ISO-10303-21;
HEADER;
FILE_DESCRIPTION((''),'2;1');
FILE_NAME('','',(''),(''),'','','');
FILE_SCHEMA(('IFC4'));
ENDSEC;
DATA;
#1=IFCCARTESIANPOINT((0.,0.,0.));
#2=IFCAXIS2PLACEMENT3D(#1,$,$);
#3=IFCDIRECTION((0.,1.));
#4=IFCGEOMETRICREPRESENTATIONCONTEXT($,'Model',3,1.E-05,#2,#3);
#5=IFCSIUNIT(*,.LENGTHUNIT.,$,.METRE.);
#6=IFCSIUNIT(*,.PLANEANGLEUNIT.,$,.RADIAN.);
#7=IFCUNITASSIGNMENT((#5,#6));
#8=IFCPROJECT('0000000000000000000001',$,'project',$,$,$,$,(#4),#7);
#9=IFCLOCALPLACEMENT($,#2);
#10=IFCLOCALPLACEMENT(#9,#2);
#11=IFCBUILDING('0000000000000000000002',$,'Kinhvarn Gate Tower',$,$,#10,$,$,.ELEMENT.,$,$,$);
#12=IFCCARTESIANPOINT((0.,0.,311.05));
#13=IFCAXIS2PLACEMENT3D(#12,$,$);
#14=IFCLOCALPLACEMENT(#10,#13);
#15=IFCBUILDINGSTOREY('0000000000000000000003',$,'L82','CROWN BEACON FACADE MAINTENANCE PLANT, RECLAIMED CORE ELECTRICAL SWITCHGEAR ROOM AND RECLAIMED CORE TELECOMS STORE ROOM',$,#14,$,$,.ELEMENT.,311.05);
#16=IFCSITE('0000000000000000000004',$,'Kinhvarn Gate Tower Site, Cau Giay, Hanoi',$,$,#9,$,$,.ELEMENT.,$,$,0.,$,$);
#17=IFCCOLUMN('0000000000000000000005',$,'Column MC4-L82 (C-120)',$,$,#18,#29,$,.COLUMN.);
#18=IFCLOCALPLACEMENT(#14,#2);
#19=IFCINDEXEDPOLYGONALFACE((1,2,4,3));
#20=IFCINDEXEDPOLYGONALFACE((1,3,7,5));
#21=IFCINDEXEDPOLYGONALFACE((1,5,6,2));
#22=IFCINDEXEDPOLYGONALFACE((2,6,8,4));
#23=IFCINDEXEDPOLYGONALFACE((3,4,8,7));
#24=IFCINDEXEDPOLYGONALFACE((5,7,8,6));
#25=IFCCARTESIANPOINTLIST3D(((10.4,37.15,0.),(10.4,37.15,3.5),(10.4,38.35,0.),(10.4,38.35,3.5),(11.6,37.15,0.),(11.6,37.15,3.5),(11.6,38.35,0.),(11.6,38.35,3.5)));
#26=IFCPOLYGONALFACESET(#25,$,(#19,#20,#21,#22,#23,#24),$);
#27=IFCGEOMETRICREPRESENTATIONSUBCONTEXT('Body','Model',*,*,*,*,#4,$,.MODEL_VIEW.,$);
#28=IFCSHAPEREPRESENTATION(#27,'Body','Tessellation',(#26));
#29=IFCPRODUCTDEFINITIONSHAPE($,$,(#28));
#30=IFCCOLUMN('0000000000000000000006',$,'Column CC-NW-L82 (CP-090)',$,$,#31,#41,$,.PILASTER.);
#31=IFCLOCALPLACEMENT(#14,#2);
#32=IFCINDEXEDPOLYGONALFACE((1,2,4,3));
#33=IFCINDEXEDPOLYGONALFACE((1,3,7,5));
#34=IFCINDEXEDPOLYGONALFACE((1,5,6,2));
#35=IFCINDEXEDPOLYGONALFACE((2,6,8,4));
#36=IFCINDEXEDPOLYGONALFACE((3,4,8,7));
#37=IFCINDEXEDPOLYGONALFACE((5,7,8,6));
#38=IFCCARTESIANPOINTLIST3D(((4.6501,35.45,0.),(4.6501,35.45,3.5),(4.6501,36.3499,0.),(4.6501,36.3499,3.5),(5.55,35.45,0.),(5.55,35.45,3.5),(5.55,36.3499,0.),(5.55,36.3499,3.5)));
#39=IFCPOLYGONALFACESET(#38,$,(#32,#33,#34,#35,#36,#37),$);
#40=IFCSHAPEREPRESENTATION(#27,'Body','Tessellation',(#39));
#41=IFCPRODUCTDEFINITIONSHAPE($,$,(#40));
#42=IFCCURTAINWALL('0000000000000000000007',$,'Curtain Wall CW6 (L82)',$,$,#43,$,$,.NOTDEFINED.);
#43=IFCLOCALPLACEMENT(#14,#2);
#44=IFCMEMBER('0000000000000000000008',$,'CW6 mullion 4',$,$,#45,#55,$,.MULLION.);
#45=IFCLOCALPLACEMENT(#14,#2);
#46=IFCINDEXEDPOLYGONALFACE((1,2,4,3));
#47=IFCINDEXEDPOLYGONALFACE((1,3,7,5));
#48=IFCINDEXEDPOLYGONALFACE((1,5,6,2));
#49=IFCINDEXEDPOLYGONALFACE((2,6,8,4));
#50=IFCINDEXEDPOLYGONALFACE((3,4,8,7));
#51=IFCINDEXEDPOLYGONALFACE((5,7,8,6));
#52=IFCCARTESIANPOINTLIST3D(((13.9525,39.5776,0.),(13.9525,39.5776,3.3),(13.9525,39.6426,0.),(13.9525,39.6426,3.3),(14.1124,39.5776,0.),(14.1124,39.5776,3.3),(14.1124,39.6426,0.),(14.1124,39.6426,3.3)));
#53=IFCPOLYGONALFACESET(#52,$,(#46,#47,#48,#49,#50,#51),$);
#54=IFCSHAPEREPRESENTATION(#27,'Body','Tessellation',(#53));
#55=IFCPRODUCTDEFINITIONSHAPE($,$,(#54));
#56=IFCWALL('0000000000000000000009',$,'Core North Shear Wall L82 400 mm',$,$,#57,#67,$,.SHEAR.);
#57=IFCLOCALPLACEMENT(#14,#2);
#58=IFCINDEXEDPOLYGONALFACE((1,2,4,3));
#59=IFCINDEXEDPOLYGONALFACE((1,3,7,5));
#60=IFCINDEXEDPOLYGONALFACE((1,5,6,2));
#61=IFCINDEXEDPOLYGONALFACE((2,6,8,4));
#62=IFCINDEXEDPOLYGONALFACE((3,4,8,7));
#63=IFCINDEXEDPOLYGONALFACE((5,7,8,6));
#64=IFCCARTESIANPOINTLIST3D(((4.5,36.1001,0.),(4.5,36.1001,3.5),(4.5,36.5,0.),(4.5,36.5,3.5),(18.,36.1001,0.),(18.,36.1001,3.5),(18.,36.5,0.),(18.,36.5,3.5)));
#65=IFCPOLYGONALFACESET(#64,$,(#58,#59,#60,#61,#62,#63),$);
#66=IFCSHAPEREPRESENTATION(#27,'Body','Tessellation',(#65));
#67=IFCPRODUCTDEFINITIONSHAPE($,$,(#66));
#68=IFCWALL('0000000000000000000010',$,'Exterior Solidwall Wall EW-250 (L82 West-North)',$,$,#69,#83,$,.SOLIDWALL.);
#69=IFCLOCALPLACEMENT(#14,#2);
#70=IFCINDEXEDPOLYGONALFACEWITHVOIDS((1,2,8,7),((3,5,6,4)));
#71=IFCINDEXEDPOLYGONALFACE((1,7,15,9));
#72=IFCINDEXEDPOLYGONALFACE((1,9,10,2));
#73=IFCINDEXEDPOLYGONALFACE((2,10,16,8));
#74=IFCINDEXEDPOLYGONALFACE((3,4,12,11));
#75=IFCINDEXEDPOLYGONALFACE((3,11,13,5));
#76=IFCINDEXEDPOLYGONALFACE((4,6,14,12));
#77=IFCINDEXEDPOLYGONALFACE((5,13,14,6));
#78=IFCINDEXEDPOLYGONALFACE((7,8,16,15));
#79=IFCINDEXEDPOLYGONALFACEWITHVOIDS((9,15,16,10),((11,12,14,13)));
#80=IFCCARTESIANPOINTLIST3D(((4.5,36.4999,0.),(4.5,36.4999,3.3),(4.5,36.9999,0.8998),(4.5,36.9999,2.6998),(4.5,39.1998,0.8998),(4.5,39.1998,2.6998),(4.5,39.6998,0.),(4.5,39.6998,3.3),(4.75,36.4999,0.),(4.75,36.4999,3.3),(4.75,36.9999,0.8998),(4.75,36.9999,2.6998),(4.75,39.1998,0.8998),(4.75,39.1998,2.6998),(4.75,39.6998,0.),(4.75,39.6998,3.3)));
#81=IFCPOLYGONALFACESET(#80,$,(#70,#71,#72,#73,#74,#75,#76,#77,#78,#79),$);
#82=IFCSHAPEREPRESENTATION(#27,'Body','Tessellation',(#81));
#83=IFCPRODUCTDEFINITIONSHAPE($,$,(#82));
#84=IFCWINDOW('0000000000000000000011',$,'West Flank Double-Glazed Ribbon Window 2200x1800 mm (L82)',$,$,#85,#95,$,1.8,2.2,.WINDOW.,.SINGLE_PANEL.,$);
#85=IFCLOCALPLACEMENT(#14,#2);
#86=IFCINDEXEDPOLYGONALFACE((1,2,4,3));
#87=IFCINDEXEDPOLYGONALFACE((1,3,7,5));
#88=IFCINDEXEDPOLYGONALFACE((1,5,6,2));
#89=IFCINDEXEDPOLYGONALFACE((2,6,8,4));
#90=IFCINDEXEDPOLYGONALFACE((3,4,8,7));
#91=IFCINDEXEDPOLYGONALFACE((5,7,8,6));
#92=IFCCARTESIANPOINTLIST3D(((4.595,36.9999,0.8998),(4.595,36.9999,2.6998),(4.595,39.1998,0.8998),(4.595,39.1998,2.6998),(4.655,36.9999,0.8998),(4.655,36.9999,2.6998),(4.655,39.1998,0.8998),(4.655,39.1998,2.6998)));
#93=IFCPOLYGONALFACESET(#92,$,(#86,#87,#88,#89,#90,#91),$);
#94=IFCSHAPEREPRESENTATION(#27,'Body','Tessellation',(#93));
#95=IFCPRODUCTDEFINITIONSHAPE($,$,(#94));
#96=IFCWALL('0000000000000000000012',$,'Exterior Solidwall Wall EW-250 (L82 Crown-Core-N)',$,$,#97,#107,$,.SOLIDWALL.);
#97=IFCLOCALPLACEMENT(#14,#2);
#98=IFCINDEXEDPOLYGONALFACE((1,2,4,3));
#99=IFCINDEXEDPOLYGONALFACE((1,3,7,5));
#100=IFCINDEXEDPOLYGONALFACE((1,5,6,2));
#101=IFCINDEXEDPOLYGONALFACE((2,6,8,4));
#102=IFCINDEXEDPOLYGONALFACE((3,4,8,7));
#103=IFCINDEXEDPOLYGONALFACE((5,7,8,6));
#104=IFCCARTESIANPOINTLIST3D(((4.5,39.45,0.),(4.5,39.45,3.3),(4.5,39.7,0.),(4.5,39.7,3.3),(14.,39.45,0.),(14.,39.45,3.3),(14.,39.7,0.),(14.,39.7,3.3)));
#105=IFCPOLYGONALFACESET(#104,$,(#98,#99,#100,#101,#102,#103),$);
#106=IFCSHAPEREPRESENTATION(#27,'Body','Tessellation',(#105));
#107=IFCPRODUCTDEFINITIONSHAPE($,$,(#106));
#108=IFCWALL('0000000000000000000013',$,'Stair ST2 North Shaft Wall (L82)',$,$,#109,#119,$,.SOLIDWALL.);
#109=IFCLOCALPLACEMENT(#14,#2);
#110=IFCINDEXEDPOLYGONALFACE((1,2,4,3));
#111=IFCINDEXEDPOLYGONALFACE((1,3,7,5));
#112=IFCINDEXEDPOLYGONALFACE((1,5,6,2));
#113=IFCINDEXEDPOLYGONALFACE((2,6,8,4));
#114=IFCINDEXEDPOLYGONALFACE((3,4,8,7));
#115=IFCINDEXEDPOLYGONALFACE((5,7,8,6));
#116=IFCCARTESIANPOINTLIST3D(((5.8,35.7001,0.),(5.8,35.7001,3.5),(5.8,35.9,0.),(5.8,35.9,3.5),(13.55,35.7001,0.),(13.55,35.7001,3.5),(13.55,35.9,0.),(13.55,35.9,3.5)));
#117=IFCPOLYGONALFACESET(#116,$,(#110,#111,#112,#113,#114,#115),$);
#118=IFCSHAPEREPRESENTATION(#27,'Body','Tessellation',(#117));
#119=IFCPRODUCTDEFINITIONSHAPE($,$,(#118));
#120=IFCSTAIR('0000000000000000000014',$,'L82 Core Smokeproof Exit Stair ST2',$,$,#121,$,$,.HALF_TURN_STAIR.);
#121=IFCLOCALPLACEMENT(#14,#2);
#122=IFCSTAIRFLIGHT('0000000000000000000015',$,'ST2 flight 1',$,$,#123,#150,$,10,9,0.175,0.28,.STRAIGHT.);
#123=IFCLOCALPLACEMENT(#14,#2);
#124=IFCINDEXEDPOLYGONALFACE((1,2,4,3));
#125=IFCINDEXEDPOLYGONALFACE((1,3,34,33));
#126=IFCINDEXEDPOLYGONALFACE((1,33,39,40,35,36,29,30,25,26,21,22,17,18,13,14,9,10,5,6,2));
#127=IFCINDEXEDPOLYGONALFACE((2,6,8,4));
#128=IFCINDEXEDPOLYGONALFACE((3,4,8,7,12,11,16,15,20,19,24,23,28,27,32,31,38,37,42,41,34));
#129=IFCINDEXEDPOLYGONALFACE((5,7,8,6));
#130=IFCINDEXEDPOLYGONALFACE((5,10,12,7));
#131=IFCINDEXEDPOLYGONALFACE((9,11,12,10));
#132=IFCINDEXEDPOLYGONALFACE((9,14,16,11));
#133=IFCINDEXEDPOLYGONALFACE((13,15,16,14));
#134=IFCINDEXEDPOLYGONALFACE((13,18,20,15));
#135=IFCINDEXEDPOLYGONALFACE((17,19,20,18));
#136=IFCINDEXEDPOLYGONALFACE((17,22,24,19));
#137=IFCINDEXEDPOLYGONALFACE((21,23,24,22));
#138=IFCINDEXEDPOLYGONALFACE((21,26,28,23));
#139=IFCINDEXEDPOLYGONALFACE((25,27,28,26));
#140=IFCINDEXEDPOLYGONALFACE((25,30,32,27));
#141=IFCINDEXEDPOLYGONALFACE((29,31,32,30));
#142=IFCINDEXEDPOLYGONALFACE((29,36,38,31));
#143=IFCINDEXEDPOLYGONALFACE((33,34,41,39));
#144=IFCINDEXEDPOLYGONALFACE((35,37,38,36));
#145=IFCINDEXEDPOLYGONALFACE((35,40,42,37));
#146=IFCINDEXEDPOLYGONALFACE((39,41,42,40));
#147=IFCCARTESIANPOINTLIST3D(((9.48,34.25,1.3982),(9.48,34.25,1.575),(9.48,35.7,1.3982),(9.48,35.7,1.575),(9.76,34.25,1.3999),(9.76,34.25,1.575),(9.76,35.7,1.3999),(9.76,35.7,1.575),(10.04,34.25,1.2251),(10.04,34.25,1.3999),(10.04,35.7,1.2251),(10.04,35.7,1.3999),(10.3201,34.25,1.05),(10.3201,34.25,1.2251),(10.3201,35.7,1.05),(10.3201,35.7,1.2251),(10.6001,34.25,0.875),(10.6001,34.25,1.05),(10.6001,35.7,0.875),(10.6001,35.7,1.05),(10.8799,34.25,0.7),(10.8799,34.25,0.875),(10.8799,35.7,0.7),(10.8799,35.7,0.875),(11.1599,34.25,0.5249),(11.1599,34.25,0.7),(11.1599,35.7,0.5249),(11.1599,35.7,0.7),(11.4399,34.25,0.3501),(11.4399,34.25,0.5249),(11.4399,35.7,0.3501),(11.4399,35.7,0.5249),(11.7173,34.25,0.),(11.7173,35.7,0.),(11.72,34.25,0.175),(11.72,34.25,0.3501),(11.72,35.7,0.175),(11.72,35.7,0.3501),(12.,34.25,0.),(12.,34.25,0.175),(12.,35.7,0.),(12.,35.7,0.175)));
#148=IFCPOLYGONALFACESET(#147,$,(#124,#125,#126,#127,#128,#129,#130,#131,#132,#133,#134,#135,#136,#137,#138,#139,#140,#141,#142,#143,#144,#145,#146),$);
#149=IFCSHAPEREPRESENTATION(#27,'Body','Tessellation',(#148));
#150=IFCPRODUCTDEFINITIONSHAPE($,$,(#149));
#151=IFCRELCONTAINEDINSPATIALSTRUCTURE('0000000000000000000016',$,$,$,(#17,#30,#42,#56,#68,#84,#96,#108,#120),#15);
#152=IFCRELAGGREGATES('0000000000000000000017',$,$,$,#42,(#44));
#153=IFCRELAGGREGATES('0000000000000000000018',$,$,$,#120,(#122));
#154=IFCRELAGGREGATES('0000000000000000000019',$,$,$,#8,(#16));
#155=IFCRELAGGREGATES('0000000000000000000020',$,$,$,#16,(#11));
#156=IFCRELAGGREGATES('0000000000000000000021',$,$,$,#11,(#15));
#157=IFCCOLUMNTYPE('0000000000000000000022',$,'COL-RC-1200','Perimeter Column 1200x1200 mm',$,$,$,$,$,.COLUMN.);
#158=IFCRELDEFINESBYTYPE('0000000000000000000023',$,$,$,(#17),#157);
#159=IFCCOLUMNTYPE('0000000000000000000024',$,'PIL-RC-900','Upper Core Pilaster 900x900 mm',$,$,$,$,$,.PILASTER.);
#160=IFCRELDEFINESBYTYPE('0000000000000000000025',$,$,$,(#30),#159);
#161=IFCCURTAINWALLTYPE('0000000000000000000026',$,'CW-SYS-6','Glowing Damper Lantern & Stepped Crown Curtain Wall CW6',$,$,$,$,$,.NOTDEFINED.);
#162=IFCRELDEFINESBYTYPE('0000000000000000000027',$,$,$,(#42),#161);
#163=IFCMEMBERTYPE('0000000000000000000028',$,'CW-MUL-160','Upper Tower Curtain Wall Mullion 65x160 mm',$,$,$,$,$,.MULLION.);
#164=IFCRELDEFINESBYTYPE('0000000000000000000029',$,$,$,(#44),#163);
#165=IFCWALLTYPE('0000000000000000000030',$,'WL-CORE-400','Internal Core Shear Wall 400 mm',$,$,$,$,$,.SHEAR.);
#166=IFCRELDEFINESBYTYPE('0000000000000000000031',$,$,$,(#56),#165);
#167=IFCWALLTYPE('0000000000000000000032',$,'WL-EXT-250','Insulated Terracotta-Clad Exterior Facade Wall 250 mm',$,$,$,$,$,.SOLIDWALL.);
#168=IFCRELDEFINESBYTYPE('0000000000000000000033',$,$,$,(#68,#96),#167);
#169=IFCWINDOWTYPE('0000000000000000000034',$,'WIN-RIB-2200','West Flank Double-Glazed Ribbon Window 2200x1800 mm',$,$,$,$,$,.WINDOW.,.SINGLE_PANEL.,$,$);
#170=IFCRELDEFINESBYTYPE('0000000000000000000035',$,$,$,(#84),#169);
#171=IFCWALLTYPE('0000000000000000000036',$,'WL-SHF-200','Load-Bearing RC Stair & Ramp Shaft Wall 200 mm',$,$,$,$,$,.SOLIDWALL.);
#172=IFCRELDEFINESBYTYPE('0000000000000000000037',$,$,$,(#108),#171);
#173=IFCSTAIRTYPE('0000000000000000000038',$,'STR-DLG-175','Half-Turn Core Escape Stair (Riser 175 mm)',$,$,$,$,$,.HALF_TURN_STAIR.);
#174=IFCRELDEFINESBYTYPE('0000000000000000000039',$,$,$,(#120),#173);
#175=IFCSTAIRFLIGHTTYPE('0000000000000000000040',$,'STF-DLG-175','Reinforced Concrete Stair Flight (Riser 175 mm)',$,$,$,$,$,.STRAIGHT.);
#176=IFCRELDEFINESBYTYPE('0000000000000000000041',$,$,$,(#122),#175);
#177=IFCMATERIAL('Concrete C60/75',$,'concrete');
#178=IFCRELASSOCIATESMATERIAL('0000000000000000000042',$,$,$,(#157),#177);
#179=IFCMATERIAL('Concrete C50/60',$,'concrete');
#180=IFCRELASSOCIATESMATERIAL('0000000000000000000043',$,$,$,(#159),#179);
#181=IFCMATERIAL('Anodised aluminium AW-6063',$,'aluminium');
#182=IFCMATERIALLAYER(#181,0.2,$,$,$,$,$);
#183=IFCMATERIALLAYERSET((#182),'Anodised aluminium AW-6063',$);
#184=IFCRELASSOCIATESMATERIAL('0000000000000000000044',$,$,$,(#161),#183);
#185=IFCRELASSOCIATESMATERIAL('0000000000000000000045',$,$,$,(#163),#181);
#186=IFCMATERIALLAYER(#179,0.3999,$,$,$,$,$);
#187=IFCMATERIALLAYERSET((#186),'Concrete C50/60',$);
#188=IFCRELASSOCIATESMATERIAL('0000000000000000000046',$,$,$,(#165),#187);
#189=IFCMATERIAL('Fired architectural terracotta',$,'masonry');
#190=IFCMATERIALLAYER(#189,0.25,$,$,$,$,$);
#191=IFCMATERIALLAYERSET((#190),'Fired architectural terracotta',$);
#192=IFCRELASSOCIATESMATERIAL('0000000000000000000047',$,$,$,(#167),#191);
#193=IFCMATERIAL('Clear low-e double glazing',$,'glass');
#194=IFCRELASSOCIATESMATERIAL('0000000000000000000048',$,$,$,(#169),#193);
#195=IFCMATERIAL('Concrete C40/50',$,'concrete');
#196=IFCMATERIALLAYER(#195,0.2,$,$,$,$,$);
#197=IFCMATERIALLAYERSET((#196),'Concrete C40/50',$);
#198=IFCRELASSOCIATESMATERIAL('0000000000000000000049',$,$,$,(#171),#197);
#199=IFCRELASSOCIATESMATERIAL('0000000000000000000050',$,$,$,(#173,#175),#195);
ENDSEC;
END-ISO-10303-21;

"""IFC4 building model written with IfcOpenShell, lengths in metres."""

from ifc_helpers import new_model, si_unit, direction, frame, frame_2d, origin, origin_2d, place, context, subcontext, project, spatial, polyline, rectangle, outline, extrude, material, layer, layer_set, material_profile, profile_set, type_object, element, fill, aggregate, save


model = new_model("IFC4")

# Units and contexts
model_context = context("Model", 3, precision=1e-05, world=origin(), true_north=direction((0.0, 1.0)))
body_context = subcontext(model_context, "Body", "Model", "MODEL_VIEW")
ifc_project = project(units=[si_unit("LENGTHUNIT", "METRE"), si_unit("PLANEANGLEUNIT", "RADIAN")], contexts=[model_context])

# Site, building, storey
site_placement = place(None, origin())
site = spatial("IfcSite", under=ifc_project, at=site_placement, Name="Kinhvarn Gate Tower Site, Cau Giay, Hanoi", CompositionType="ELEMENT", RefElevation=0.0)
building_placement = place(site_placement, origin())
building = spatial("IfcBuilding", under=site, at=building_placement, Name="Kinhvarn Gate Tower", CompositionType="ELEMENT")
storey_placement = place(building_placement, frame((0.0, 0.0, 311.05)))
storey = spatial("IfcBuildingStorey", under=building, at=storey_placement, Name="L82", Description="CROWN BEACON FACADE MAINTENANCE PLANT, RECLAIMED CORE ELECTRICAL SWITCHGEAR ROOM AND RECLAIMED CORE TELECOMS STORE ROOM", CompositionType="ELEMENT", Elevation=311.05)

# Columns
ifc_material_1 = material(Name="Concrete C60/75", Category="concrete")
ifc_material_profile_1 = material_profile(ifc_material_1, rectangle(XDim=1.2, YDim=1.2, at=origin_2d()), Name="RC 1200x1200")
ifc_profile_set_1 = profile_set([ifc_material_profile_1], Name="Concrete C60/75")
column_type_1 = type_object("IfcColumnType", Name="COL-RC-1200", Description="Perimeter Column 1200x1200 mm", PredefinedType="COLUMN", material=ifc_profile_set_1)
column_1_placement = place(storey_placement, frame((11.0, 37.75, 0.0), z_axis=(0.0, 0.0, 1.0), x_axis=(1.0, 0.0, 0.0)))
element("IfcColumn", 1, at=column_1_placement, inside=storey, type_object=column_type_1, Name="Column MC4-L82 (C-120)", PredefinedType="COLUMN", context=body_context, shape_type="SweptSolid", body=[
    extrude(rectangle(XDim=1.2, YDim=1.2, at=origin_2d()), origin(), (0.0, 0.0, 1.0), 3.5),
])
ifc_material_2 = material(Name="Concrete C50/60", Category="concrete")
ifc_material_profile_2 = material_profile(ifc_material_2, rectangle(XDim=0.8999, YDim=0.8999, at=origin_2d()), Name="RC 900x900")
ifc_profile_set_2 = profile_set([ifc_material_profile_2], Name="Concrete C50/60")
column_type_2 = type_object("IfcColumnType", Name="PIL-RC-900", Description="Upper Core Pilaster 900x900 mm", PredefinedType="PILASTER", material=ifc_profile_set_2)
column_2_placement = place(storey_placement, frame((5.1001, 35.8999, 0.0), z_axis=(0.0, 0.0, 1.0), x_axis=(1.0, 0.0, 0.0)))
element("IfcColumn", 2, at=column_2_placement, inside=storey, type_object=column_type_2, Name="Column CC-NW-L82 (CP-090)", PredefinedType="PILASTER", context=body_context, shape_type="SweptSolid", body=[
    extrude(rectangle(XDim=0.8999, YDim=0.8999, at=origin_2d()), origin(), (0.0, 0.0, 1.0), 3.5),
])

# Curtain wall, member
ifc_material_3 = material(Name="Anodised aluminium AW-6063", Category="aluminium")
ifc_layer_1 = layer(ifc_material_3, 0.2)
ifc_layer_set_1 = layer_set([ifc_layer_1], Name="Anodised aluminium AW-6063")
curtain_wall_type = type_object("IfcCurtainWallType", Name="CW-SYS-6", Description="Glowing Damper Lantern & Stepped Crown Curtain Wall CW6", PredefinedType="NOTDEFINED", material=ifc_layer_set_1)
curtain_wall_placement = place(storey_placement, origin())
curtain_wall = element("IfcCurtainWall", 3, at=curtain_wall_placement, inside=storey, type_object=curtain_wall_type, Name="Curtain Wall CW6 (L82)", PredefinedType="NOTDEFINED")
ifc_material_profile_3 = material_profile(ifc_material_3, rectangle(XDim=0.0649, YDim=0.1599, at=origin_2d()), Name="ALU 65x160")
ifc_profile_set_3 = profile_set([ifc_material_profile_3], Name="Anodised aluminium AW-6063")
member_type = type_object("IfcMemberType", Name="CW-MUL-160", Description="Upper Tower Curtain Wall Mullion 65x160 mm", PredefinedType="MULLION", material=ifc_profile_set_3)
member_placement = place(storey_placement, frame((14.0325, 39.6101, 0.0), z_axis=(0.0, 0.0, 1.0), x_axis=(0.0, -1.0, 0.0)))
member = element("IfcMember", 4, at=member_placement, type_object=member_type, Name="CW6 mullion 4", PredefinedType="MULLION", context=body_context, shape_type="SweptSolid", body=[
    extrude(rectangle(XDim=0.0649, YDim=0.1599, at=origin_2d()), origin(), (0.0, 0.0, 1.0), 3.3),
])
aggregate(curtain_wall, [member])

# Wall
ifc_layer_2 = layer(ifc_material_2, 0.3999)
ifc_layer_set_2 = layer_set([ifc_layer_2], Name="Concrete C50/60")
wall_type_1 = type_object("IfcWallType", Name="WL-CORE-400", Description="Internal Core Shear Wall 400 mm", PredefinedType="SHEAR", material=ifc_layer_set_2)
wall_1_placement = place(storey_placement, frame((4.5, 36.3, 0.0), z_axis=(0.0, 0.0, 1.0), x_axis=(1.0, 0.0, 0.0)))
element("IfcWall", 5, at=wall_1_placement, inside=storey, type_object=wall_type_1, Name="Core North Shear Wall L82 400 mm", PredefinedType="SHEAR", context=body_context, shape_type="SweptSolid", body=[
    extrude(rectangle(XDim=13.5, YDim=0.3999, at=frame_2d((6.75, 0.0))), origin(), (0.0, 0.0, 1.0), 3.5),
])

# Wall, opening, window
ifc_material_4 = material(Name="Fired architectural terracotta", Category="masonry")
ifc_layer_3 = layer(ifc_material_4, 0.25)
ifc_layer_set_3 = layer_set([ifc_layer_3], Name="Fired architectural terracotta")
wall_type_2 = type_object("IfcWallType", Name="WL-EXT-250", Description="Insulated Terracotta-Clad Exterior Facade Wall 250 mm", PredefinedType="SOLIDWALL", material=ifc_layer_set_3)
wall_2_placement = place(storey_placement, frame((4.625, 39.7, 0.0), z_axis=(0.0, 0.0, 1.0), x_axis=(0.0, -1.0, 0.0)))
wall_2 = element("IfcWall", 6, at=wall_2_placement, inside=storey, type_object=wall_type_2, Name="Exterior Solidwall Wall EW-250 (L82 West-North)", PredefinedType="SOLIDWALL", context=body_context, shape_type="SweptSolid", body=[
    extrude(rectangle(XDim=3.2, YDim=0.25, at=frame_2d((1.6001, 0.0))), origin(), (0.0, 0.0, 1.0), 3.3),
])
opening_placement = place(wall_2_placement, frame((0.5, 0.0, 0.8999)))
opening = element("IfcOpeningElement", 7, at=opening_placement, cuts=wall_2, PredefinedType="OPENING", context=body_context, shape_type="SweptSolid", body=[
    extrude(rectangle(XDim=2.2, YDim=1.8, at=frame_2d((1.1001, 0.8999))), frame((0.0, 0.135, 0.0), z_axis=(0.0, -1.0, 0.0), x_axis=(1.0, 0.0, 0.0)), (0.0, 0.0, 1.0), 0.27),
])
ifc_material_5 = material(Name="Clear low-e double glazing", Category="glass")
window_type = type_object("IfcWindowType", Name="WIN-RIB-2200", Description="West Flank Double-Glazed Ribbon Window 2200x1800 mm", PartitioningType="SINGLE_PANEL", PredefinedType="WINDOW", material=ifc_material_5)
window_placement = place(opening_placement, origin())
window = element("IfcWindow", 8, at=window_placement, inside=storey, type_object=window_type, Name="West Flank Double-Glazed Ribbon Window 2200x1800 mm (L82)", OverallHeight=1.8, OverallWidth=2.2, PartitioningType="SINGLE_PANEL", PredefinedType="WINDOW", context=body_context, shape_type="SweptSolid", body=[
    extrude(rectangle(XDim=2.2, YDim=1.8, at=frame_2d((1.1001, 0.8999))), frame((0.0, 0.03, 0.0), z_axis=(0.0, -1.0, 0.0), x_axis=(1.0, 0.0, 0.0)), (0.0, 0.0, 1.0), 0.0601),
])
fill(opening, window)

# Walls
wall_3_placement = place(storey_placement, frame((14.0, 39.575, 0.0), z_axis=(0.0, 0.0, 1.0), x_axis=(-1.0, 0.0, 0.0)))
element("IfcWall", 9, at=wall_3_placement, inside=storey, type_object=wall_type_2, Name="Exterior Solidwall Wall EW-250 (L82 Crown-Core-N)", PredefinedType="SOLIDWALL", context=body_context, shape_type="SweptSolid", body=[
    extrude(rectangle(XDim=9.5, YDim=0.25, at=frame_2d((4.75, 0.0))), origin(), (0.0, 0.0, 1.0), 3.3),
])
ifc_material_6 = material(Name="Concrete C40/50", Category="concrete")
ifc_layer_4 = layer(ifc_material_6, 0.2)
ifc_layer_set_4 = layer_set([ifc_layer_4], Name="Concrete C40/50")
wall_type_3 = type_object("IfcWallType", Name="WL-SHF-200", Description="Load-Bearing RC Stair & Ramp Shaft Wall 200 mm", PredefinedType="SOLIDWALL", material=ifc_layer_set_4)
wall_4_placement = place(storey_placement, frame((5.8, 35.8, 0.0), z_axis=(0.0, 0.0, 1.0), x_axis=(1.0, 0.0, 0.0)))
element("IfcWall", 10, at=wall_4_placement, inside=storey, type_object=wall_type_3, Name="Stair ST2 North Shaft Wall (L82)", PredefinedType="SOLIDWALL", context=body_context, shape_type="SweptSolid", body=[
    extrude(rectangle(XDim=7.75, YDim=0.2, at=frame_2d((3.875, 0.0))), origin(), (0.0, 0.0, 1.0), 3.5),
])

# Stair, stair flight
stair_type = type_object("IfcStairType", Name="STR-DLG-175", Description="Half-Turn Core Escape Stair (Riser 175 mm)", PredefinedType="HALF_TURN_STAIR", material=ifc_material_6)
stair_placement = place(storey_placement, origin())
stair = element("IfcStair", 11, at=stair_placement, inside=storey, type_object=stair_type, Name="L82 Core Smokeproof Exit Stair ST2", PredefinedType="HALF_TURN_STAIR")
stair_flight_type = type_object("IfcStairFlightType", Name="STF-DLG-175", Description="Reinforced Concrete Stair Flight (Riser 175 mm)", PredefinedType="STRAIGHT", material=ifc_material_6)
stair_flight_1_placement = place(storey_placement, frame((12.0, 34.9751, 0.0), z_axis=(0.0, 0.0, 1.0), x_axis=(-1.0, 0.0, 0.0)))
stair_flight_1 = element("IfcStairFlight", 12, at=stair_flight_1_placement, type_object=stair_flight_type, Name="ST2 flight 1", NumberOfRisers=10, NumberOfTreads=9, PredefinedType="STRAIGHT", RiserHeight=0.175, TreadLength=0.28, context=body_context, shape_type="SweptSolid", body=[
    extrude(outline(polyline([(0.0, 0.0), (0.0, 0.175), (0.28, 0.175), (0.28, 0.3501), (0.5601, 0.3501), (0.5601, 0.5249), (0.8401, 0.5249), (0.8401, 0.7), (1.1201, 0.7), (1.1201, 0.875), (1.3999, 0.875), (1.3999, 1.05), (1.6799, 1.05), (1.6799, 1.2251), (1.96, 1.2251), (1.96, 1.3999), (2.24, 1.3999), (2.24, 1.575), (2.52, 1.575), (2.52, 1.75), (2.52, 1.3982), (0.2827, 0.0), (0.0, 0.0)])), frame((0.0, 0.7251, 0.0), z_axis=(0.0, -1.0, 0.0), x_axis=(1.0, 0.0, 0.0)), (0.0, 0.0, 1.0), 1.45),
])
aggregate(stair, [stair_flight_1])

save(model, "model.ifc")
